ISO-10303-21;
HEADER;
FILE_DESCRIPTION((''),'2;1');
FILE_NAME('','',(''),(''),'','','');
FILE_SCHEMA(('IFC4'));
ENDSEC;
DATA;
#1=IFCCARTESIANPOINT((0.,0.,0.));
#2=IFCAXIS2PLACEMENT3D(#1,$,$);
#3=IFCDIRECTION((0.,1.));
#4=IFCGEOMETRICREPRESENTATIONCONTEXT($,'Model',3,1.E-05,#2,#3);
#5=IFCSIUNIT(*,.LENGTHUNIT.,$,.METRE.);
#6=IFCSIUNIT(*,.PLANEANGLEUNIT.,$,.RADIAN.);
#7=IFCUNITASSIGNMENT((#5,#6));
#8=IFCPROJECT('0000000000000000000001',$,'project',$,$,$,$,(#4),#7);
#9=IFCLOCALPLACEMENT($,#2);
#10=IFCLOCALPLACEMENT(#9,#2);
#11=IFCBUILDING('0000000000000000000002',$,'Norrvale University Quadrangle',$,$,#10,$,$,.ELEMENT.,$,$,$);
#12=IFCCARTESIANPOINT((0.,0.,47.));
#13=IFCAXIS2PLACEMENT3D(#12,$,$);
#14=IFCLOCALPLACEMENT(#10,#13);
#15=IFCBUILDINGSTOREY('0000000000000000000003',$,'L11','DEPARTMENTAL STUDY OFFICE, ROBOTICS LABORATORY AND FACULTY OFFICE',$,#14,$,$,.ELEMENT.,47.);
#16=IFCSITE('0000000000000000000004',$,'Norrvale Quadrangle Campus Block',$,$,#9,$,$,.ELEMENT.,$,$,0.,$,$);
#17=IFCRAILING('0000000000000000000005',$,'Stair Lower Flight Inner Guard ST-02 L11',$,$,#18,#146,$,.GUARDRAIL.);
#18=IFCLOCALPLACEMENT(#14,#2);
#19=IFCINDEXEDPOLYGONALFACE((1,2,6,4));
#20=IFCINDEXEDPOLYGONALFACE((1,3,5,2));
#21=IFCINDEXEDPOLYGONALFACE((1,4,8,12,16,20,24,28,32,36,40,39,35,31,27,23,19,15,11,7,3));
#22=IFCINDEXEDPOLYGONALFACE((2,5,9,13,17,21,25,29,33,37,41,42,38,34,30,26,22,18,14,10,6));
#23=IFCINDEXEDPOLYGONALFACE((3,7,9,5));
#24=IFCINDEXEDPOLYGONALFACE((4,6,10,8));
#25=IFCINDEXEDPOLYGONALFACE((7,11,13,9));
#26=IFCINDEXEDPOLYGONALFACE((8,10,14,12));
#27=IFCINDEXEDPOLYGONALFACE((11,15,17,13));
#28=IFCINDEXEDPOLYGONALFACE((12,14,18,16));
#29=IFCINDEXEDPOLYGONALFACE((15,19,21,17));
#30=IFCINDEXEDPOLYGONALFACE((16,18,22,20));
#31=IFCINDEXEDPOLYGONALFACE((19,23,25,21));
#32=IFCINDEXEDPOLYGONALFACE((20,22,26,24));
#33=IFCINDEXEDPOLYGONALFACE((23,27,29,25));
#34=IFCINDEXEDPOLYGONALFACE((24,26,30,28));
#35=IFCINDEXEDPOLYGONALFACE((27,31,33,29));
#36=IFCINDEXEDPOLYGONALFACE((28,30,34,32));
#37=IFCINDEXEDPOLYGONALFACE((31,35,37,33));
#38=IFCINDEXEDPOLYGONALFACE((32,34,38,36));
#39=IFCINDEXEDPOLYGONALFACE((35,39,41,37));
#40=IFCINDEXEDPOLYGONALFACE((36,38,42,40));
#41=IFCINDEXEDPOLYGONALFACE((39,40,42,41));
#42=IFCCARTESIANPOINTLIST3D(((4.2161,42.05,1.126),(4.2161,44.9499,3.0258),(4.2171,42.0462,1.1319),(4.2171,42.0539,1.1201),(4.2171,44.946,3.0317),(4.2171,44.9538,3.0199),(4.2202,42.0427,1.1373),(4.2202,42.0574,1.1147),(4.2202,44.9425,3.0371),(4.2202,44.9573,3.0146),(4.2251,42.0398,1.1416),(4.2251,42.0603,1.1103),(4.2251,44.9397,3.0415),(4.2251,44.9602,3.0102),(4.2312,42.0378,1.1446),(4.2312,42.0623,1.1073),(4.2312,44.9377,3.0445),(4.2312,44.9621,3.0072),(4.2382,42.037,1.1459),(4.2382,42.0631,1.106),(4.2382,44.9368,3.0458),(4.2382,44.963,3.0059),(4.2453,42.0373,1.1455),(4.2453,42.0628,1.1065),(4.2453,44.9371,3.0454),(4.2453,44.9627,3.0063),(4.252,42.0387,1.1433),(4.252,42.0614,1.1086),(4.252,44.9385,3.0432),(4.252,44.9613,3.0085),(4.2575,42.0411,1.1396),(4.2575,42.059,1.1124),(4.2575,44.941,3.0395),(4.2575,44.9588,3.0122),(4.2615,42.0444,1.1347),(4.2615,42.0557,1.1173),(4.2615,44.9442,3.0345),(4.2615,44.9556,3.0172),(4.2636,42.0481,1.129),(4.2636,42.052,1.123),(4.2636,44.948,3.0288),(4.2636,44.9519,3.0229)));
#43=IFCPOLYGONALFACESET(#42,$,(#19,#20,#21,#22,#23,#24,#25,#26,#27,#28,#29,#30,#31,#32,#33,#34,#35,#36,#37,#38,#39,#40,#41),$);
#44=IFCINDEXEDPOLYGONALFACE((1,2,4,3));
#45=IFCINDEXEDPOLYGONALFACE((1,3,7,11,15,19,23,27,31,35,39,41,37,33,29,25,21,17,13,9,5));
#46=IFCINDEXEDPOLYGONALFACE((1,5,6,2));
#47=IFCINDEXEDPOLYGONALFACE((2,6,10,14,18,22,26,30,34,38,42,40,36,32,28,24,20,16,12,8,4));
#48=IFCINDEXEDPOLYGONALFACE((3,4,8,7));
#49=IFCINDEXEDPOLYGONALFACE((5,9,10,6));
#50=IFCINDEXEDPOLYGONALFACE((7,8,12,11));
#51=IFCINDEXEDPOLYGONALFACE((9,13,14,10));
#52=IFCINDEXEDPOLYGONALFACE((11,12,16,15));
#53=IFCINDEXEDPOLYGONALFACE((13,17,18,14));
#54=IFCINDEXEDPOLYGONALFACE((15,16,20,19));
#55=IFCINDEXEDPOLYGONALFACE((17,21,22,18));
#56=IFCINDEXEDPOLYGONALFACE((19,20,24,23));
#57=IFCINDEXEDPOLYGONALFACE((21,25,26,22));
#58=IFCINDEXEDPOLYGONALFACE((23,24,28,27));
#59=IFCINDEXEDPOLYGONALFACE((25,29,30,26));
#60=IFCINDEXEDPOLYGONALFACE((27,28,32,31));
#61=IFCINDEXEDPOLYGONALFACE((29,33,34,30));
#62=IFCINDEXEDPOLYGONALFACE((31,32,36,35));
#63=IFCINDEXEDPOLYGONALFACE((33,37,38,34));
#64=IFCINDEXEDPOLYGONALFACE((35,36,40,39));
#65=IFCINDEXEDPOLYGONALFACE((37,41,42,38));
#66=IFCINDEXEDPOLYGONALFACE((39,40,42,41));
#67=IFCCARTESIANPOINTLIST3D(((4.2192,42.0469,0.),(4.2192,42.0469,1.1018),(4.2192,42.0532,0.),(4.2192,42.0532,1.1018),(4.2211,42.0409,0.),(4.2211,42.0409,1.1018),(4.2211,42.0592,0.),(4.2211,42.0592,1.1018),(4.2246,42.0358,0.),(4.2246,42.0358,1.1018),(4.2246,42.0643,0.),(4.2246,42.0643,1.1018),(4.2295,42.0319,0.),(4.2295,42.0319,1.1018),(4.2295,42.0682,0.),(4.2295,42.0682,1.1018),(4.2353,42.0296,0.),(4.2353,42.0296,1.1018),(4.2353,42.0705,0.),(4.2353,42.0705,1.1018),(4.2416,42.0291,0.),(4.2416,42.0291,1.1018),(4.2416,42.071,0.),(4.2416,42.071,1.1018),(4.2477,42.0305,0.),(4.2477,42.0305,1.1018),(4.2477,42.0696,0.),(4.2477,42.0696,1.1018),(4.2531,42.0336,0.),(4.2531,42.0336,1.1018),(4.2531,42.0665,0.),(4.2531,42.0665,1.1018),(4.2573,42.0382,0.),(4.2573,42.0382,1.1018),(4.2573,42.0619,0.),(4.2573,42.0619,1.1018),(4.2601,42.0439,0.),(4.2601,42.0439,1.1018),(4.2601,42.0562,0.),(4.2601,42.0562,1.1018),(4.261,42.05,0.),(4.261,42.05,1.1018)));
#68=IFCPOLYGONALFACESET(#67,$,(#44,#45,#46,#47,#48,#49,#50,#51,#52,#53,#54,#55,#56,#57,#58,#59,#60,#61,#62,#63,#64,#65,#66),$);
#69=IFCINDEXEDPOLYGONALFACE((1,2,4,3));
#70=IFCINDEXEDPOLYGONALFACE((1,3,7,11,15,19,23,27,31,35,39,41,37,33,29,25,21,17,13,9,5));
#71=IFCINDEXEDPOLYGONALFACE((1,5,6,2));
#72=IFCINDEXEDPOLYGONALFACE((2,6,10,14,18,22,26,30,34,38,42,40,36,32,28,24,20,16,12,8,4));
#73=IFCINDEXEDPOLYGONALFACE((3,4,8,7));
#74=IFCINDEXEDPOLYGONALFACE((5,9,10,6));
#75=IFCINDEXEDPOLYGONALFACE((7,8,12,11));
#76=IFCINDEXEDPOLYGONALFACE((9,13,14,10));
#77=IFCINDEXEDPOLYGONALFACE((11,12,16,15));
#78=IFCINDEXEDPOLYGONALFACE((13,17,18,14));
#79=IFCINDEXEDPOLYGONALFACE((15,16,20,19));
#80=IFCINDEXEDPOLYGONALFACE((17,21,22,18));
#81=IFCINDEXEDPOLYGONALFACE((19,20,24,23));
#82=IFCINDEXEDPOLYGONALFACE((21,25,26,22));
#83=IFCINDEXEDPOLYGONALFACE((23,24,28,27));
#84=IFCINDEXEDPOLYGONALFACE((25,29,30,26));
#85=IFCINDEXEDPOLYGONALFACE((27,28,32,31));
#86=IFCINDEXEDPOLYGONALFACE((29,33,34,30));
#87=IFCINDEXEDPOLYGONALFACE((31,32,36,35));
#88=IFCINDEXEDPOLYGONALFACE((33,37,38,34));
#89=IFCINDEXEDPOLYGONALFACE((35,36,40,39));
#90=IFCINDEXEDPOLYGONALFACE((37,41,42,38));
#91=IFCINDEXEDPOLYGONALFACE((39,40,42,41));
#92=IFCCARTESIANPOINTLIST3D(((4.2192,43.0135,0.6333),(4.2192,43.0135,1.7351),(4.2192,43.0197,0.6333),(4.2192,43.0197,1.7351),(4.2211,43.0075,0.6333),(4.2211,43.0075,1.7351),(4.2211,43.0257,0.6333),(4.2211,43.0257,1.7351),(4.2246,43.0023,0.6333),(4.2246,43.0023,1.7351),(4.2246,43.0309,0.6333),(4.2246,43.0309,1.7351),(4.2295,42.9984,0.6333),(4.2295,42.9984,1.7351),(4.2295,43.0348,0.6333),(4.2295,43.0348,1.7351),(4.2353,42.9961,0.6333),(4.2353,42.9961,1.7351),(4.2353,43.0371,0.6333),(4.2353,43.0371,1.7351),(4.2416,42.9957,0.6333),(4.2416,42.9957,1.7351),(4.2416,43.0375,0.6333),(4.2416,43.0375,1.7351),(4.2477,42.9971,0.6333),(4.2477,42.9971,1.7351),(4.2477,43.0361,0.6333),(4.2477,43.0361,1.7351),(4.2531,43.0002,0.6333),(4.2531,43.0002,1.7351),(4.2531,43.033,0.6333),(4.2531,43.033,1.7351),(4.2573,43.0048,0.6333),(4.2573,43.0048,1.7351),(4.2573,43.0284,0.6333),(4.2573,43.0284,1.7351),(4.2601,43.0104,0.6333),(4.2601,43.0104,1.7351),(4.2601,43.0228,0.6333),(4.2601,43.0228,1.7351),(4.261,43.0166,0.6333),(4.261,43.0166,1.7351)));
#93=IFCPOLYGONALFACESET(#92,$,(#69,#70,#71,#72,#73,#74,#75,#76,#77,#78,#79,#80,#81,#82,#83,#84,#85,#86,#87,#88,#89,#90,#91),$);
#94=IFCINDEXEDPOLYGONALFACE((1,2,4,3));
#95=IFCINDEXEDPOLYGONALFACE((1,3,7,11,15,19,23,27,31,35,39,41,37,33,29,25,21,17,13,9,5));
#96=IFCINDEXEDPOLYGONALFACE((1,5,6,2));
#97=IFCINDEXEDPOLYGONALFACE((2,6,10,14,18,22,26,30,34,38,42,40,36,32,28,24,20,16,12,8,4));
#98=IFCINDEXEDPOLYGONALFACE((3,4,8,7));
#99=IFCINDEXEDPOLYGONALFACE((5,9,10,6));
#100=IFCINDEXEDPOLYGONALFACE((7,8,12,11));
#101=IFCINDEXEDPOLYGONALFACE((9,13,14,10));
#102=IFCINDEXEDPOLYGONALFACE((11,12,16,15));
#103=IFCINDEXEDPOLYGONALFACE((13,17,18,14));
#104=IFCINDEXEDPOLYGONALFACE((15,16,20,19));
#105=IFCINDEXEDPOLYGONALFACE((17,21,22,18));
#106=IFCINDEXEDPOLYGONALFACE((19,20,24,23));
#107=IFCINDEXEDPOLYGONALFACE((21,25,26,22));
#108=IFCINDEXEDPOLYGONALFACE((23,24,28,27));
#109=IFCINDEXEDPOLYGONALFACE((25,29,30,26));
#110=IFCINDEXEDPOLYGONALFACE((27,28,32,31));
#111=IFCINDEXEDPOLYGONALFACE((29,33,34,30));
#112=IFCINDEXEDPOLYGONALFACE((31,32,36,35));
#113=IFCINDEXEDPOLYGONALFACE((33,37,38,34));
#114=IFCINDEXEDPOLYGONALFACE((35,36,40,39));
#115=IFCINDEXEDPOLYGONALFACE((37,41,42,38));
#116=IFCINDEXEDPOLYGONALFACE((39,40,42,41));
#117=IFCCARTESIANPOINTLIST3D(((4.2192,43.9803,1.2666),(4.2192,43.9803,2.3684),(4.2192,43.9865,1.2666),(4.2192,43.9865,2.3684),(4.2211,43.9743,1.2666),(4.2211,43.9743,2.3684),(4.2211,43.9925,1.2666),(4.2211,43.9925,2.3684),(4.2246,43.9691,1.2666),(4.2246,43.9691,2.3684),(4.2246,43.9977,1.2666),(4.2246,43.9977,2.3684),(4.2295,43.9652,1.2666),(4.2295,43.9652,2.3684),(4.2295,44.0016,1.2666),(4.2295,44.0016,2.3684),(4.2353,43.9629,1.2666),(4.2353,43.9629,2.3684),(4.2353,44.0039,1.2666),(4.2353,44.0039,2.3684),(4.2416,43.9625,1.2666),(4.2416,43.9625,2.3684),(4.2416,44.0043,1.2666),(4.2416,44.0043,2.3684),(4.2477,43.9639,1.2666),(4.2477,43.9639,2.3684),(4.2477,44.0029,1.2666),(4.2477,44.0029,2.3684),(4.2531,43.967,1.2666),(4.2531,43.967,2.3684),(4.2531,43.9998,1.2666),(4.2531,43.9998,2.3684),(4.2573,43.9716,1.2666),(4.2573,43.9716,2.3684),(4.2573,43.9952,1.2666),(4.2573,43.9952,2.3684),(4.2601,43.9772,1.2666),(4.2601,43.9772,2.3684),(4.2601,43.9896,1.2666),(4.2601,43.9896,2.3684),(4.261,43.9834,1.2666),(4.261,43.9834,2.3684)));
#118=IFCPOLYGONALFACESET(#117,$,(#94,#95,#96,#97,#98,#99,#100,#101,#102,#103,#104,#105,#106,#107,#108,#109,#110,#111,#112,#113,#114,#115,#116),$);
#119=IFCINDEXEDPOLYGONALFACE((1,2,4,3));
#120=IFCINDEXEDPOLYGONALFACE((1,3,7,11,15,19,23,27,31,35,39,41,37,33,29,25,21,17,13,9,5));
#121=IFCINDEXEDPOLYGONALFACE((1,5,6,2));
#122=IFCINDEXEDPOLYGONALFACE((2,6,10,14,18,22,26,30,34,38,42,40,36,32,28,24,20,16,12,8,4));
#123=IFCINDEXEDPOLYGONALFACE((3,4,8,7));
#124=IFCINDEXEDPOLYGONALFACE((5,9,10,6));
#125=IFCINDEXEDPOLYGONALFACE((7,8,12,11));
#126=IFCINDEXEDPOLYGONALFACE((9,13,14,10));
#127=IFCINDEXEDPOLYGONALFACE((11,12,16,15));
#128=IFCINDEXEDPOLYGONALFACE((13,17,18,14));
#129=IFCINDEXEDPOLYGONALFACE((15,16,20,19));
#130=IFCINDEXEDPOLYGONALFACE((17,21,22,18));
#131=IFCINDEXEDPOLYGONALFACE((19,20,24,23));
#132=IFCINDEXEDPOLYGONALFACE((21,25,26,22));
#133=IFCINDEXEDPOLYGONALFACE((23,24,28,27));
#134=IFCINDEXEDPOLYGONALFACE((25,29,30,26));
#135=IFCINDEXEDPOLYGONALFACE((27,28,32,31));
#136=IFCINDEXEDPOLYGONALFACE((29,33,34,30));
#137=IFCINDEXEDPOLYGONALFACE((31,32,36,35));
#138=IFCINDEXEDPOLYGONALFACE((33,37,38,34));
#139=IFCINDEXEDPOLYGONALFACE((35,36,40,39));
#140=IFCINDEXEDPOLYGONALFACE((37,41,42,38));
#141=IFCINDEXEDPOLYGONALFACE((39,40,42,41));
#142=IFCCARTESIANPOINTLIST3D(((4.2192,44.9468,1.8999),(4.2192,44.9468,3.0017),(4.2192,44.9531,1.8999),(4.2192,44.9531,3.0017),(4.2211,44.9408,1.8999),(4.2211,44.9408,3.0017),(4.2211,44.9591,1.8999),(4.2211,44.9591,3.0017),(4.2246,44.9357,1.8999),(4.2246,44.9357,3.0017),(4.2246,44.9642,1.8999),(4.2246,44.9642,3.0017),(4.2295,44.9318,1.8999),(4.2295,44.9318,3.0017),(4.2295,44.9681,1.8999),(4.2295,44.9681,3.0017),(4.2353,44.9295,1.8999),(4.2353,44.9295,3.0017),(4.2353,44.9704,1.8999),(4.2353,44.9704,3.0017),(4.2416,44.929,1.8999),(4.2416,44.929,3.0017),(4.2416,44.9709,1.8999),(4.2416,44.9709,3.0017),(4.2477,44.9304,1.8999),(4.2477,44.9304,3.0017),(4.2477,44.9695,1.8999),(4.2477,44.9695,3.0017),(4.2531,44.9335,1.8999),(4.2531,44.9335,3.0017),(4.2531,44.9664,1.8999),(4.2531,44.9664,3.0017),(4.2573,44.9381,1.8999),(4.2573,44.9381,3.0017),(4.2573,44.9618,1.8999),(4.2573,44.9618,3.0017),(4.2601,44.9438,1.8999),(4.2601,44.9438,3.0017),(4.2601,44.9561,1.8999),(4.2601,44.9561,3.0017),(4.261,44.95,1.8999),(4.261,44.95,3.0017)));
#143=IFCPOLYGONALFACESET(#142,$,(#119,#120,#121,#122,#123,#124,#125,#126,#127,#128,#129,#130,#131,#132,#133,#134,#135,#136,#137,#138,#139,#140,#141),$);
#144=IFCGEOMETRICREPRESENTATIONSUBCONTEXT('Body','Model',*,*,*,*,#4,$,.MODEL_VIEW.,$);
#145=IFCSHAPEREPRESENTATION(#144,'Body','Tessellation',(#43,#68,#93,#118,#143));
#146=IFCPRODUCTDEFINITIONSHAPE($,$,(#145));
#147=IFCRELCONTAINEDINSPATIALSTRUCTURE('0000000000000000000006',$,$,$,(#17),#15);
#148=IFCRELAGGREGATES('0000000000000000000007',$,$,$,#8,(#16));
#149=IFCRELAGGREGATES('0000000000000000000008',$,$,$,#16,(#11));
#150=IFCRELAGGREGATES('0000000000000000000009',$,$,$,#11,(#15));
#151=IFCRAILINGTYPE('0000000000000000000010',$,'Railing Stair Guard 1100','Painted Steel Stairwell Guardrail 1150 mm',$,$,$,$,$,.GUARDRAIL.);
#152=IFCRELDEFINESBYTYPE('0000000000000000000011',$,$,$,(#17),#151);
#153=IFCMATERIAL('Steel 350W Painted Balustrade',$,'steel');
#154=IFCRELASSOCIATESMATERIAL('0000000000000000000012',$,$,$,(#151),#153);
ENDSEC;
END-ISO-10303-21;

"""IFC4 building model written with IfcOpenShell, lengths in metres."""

from ifc_helpers import new_model, si_unit, direction, frame, origin, origin_2d, place, context, subcontext, project, spatial, circle, extrude, material, type_object, element, save


model = new_model("IFC4")

# Units and contexts
model_context = context("Model", 3, precision=1e-05, world=origin(), true_north=direction((0.0, 1.0)))
body_context = subcontext(model_context, "Body", "Model", "MODEL_VIEW")
ifc_project = project(units=[si_unit("LENGTHUNIT", "METRE"), si_unit("PLANEANGLEUNIT", "RADIAN")], contexts=[model_context])

# Site, building, storey
site_placement = place(None, origin())
site = spatial("IfcSite", under=ifc_project, at=site_placement, Name="Norrvale Quadrangle Campus Block", CompositionType="ELEMENT", RefElevation=0.0)
building_placement = place(site_placement, origin())
building = spatial("IfcBuilding", under=site, at=building_placement, Name="Norrvale University Quadrangle", CompositionType="ELEMENT")
storey_placement = place(building_placement, frame((0.0, 0.0, 47.0)))
storey = spatial("IfcBuildingStorey", under=building, at=storey_placement, Name="L11", Description="DEPARTMENTAL STUDY OFFICE, ROBOTICS LABORATORY AND FACULTY OFFICE", CompositionType="ELEMENT", Elevation=47.0)

# Railing
ifc_material_1 = material(Name="Steel 350W Painted Balustrade", Category="steel")
railing_type_1 = type_object("IfcRailingType", Name="Railing Stair Guard 1100", Description="Painted Steel Stairwell Guardrail 1150 mm", PredefinedType="GUARDRAIL", material=ifc_material_1)
railing_1_placement = place(storey_placement, frame((4.24, 42.05, 0.0)))
element("IfcRailing", 1, at=railing_1_placement, inside=storey, type_object=railing_type_1, Name="Stair Lower Flight Inner Guard ST-02 L11", PredefinedType="GUARDRAIL", context=body_context, shape_type="SweptSolid", body=[
    extrude(circle(Radius=0.0239, at=origin_2d()), frame((0.0, 0.0, 1.126), z_axis=(0.0, 0.836466, 0.548019), x_axis=(-1.0, 0.0, 0.0)), (0.0, 0.0, 1.0), 3.4668),
    extrude(circle(Radius=0.021, at=origin_2d()), origin(), (0.0, 0.0, 1.0), 1.1018),
    extrude(circle(Radius=0.021, at=origin_2d()), frame((0.0, 0.9666, 0.6333)), (0.0, 0.0, 1.0), 1.1018),
    extrude(circle(Radius=0.021, at=origin_2d()), frame((0.0, 1.9333, 1.2666)), (0.0, 0.0, 1.0), 1.1018),
    extrude(circle(Radius=0.021, at=origin_2d()), frame((0.0, 2.8999, 1.8999)), (0.0, 0.0, 1.0), 1.1018),
])

save(model, "model.ifc")
